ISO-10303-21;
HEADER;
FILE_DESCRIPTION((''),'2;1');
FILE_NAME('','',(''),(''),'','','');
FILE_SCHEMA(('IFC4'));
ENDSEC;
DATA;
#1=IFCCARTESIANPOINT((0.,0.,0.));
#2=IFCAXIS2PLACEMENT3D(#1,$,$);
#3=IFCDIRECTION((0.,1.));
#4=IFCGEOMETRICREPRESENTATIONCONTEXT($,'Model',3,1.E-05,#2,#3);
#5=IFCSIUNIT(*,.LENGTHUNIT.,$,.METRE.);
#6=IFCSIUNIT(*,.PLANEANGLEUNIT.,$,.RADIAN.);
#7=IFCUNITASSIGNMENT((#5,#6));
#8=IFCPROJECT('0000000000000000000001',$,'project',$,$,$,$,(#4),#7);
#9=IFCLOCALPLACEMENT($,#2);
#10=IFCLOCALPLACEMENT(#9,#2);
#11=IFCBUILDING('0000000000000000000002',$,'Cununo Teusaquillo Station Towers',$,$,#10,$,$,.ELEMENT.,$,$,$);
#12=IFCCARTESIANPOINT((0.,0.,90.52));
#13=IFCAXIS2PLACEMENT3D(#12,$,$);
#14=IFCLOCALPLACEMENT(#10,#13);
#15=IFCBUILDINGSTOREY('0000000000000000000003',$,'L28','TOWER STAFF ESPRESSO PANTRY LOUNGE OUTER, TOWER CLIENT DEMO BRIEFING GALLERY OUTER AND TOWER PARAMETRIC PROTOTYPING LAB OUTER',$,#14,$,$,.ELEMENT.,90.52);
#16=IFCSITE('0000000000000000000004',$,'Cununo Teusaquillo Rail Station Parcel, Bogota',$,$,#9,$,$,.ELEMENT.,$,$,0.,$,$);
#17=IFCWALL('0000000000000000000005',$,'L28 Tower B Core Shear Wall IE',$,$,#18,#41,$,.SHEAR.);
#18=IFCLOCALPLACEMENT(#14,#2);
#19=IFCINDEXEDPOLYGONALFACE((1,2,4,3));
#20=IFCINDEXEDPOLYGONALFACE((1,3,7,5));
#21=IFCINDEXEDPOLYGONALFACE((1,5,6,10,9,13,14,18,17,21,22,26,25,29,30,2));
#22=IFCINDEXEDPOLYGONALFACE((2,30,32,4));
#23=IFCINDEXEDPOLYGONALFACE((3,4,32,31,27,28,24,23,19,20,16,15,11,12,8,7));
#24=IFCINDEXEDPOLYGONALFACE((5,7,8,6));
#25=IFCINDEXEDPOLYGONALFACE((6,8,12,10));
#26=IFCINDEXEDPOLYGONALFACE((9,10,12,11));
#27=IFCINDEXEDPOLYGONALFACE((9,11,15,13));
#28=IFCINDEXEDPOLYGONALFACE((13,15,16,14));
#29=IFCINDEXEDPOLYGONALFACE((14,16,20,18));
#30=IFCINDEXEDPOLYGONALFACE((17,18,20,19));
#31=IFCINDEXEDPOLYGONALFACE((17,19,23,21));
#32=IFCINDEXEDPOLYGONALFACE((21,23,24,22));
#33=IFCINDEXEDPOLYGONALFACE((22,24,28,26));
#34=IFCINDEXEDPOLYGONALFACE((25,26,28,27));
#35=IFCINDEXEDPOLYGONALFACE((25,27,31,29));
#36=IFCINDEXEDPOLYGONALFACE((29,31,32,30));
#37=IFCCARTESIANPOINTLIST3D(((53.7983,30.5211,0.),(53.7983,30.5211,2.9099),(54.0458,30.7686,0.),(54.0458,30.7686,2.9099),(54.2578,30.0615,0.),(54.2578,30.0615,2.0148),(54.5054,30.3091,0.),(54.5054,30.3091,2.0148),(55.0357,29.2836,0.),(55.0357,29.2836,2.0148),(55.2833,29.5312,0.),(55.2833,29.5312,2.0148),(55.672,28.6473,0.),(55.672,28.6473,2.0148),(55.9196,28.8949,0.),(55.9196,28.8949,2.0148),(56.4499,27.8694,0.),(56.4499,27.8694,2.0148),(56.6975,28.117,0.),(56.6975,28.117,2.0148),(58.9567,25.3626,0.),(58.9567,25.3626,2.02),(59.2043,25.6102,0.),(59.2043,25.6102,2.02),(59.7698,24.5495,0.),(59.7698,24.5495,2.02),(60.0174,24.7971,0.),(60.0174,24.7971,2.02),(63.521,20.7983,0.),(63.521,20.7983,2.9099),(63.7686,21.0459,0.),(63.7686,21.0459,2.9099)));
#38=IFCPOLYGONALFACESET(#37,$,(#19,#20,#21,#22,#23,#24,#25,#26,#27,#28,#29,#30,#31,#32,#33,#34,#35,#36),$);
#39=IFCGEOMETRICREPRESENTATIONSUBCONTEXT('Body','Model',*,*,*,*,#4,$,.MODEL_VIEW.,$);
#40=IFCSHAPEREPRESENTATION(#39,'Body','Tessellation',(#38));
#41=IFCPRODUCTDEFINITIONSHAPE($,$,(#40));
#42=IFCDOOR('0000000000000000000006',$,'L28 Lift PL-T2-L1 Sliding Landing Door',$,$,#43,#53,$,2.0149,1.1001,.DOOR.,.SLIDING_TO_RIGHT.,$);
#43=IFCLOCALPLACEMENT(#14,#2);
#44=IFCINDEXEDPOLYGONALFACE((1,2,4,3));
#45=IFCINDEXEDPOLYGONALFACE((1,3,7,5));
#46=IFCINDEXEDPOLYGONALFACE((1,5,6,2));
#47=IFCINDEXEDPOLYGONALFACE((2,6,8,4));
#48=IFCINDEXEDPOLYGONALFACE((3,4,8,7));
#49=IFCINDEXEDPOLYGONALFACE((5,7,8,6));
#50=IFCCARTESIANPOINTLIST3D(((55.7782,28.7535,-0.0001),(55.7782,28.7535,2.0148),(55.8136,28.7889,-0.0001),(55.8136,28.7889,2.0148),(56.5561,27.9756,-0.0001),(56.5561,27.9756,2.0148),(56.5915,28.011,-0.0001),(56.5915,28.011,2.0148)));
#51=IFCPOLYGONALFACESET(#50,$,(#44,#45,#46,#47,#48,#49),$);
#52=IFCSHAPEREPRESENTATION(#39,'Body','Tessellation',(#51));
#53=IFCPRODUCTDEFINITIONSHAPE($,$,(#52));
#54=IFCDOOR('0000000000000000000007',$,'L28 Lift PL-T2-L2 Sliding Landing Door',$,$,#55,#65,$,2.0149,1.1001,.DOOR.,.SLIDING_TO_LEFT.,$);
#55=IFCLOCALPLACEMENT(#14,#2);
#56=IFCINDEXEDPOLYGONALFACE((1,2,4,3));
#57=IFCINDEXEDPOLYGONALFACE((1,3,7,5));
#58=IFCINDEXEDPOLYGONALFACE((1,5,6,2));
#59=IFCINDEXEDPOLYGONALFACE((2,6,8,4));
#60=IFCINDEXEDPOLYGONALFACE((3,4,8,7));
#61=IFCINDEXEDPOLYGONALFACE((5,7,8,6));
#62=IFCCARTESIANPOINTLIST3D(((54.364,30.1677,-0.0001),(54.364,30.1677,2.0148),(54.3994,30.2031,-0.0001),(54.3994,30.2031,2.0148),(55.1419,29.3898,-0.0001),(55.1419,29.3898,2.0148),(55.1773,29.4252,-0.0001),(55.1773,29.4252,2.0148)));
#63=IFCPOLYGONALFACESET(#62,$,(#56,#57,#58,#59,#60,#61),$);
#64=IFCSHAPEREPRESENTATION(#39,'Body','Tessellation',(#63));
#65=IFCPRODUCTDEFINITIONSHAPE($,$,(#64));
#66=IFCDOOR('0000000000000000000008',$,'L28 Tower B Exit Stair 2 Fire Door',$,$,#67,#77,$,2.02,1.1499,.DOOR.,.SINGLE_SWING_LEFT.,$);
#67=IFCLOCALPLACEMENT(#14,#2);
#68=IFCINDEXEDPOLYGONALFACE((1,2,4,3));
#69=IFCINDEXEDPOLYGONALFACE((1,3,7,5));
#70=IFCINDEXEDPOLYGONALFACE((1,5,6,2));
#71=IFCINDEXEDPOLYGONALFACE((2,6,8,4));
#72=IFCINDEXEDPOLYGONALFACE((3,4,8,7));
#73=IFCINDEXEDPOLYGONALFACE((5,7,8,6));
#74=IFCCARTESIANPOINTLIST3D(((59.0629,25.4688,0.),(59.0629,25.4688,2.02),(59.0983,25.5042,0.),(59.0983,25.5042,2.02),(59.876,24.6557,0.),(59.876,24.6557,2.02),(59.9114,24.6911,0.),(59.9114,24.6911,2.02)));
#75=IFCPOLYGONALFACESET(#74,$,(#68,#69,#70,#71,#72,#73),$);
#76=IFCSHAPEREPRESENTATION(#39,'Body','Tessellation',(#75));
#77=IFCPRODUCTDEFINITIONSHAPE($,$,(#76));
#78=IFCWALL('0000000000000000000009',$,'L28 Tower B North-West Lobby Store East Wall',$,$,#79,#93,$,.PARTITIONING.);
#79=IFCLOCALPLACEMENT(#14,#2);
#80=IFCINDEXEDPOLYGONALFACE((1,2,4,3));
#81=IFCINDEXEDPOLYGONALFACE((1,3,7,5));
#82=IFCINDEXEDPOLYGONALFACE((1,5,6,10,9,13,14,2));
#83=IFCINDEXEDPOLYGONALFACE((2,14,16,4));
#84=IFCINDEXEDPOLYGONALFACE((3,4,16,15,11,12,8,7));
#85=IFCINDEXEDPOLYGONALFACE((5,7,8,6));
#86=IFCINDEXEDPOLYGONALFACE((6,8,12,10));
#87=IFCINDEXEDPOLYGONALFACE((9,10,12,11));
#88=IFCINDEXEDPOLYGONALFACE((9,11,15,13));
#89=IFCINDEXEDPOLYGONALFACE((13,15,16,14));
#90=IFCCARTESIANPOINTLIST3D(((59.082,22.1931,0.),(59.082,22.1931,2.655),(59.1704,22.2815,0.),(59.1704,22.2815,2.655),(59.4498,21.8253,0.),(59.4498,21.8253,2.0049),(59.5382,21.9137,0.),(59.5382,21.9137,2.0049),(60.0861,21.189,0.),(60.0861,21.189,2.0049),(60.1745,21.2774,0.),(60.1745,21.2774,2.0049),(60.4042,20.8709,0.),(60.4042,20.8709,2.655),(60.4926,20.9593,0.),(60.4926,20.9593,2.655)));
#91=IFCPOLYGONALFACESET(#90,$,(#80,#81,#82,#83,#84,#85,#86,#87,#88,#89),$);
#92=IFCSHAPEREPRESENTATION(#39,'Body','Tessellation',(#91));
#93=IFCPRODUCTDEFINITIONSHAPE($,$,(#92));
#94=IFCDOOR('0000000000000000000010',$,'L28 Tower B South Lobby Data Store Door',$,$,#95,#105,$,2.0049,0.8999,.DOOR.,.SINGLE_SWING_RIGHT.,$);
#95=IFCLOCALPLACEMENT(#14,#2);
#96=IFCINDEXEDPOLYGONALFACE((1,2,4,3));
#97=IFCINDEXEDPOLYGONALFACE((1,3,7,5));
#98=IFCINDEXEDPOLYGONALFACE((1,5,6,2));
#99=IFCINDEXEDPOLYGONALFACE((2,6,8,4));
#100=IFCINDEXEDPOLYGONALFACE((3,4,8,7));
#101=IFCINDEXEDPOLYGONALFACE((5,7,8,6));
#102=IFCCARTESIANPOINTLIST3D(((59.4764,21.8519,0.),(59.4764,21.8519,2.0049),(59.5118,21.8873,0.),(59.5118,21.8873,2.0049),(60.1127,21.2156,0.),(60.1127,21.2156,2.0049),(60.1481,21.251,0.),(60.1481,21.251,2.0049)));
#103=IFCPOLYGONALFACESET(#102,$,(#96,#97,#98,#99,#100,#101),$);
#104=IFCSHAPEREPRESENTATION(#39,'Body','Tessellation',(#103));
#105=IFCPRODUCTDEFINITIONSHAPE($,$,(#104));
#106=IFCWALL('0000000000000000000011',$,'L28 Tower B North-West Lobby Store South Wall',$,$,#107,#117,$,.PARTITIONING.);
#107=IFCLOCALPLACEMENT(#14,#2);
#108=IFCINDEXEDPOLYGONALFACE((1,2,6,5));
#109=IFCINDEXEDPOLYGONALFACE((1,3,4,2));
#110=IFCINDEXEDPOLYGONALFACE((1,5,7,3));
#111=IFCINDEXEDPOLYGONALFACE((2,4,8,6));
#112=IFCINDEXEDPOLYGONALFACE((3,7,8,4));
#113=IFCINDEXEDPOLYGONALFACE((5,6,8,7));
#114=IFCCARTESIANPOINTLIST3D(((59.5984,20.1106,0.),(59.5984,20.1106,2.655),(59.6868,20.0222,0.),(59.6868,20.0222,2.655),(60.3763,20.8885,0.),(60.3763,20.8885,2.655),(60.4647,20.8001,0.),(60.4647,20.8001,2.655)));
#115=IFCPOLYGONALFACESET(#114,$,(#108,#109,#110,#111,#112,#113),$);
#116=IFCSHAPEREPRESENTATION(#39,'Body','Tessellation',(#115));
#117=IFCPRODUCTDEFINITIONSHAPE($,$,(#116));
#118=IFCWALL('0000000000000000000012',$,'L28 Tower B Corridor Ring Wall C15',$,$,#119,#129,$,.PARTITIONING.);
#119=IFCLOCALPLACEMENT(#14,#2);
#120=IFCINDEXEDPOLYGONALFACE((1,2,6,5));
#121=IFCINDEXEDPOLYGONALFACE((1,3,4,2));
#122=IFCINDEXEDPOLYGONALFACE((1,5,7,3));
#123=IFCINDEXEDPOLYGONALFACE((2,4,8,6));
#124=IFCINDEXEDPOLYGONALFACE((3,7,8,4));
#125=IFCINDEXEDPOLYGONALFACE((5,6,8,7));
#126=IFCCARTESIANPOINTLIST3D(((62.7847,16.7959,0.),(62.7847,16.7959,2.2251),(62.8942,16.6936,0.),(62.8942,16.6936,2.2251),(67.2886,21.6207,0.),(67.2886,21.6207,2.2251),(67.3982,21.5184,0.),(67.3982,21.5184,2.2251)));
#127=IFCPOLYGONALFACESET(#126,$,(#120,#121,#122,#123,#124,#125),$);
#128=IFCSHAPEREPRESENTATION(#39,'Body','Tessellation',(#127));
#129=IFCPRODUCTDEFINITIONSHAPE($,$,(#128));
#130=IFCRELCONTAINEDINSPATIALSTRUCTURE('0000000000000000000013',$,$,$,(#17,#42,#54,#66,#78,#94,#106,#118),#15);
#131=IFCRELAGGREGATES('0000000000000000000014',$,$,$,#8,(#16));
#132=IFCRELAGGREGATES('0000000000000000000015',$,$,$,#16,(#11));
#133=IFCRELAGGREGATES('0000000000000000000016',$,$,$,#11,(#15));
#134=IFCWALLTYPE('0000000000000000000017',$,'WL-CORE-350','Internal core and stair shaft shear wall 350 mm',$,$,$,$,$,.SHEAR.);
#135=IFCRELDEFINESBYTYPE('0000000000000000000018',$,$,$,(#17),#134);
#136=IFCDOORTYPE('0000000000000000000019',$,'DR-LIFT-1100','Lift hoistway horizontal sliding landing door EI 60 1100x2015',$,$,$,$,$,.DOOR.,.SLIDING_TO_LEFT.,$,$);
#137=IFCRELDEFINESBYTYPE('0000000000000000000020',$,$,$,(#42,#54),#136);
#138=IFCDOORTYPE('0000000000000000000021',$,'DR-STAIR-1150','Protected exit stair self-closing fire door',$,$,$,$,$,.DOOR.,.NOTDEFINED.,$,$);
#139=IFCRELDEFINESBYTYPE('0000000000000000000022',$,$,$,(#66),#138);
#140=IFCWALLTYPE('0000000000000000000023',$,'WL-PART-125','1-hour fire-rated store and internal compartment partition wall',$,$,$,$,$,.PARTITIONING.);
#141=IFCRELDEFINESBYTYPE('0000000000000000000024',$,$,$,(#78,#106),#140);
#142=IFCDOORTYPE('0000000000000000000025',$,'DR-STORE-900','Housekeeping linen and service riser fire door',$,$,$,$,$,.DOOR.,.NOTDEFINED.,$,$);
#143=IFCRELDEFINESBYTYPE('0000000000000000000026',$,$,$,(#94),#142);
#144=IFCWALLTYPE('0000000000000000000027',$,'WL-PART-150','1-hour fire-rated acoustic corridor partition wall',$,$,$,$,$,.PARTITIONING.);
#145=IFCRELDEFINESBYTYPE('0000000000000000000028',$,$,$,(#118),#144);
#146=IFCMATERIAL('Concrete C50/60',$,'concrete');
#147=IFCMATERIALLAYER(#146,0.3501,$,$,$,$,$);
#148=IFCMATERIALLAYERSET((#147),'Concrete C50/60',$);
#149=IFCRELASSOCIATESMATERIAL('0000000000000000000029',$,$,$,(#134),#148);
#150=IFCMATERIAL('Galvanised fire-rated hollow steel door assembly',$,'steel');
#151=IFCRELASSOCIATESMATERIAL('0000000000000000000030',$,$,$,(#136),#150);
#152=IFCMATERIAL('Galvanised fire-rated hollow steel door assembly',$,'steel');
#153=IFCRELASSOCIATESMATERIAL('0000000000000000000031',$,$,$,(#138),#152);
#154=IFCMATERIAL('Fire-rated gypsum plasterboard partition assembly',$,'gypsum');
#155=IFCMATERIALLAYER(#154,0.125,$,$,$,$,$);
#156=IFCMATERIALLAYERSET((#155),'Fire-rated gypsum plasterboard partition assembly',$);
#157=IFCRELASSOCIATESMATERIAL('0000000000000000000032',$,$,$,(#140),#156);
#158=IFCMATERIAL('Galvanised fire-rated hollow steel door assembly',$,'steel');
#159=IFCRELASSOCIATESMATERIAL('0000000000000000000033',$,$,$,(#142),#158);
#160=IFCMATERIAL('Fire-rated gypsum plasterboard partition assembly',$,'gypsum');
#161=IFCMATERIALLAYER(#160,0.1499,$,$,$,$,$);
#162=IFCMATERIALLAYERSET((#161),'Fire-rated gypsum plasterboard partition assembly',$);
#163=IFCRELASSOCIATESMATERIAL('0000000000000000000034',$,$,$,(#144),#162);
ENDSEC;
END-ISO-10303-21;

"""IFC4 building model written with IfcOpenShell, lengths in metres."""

from ifc_helpers import new_model, si_unit, direction, frame, frame_2d, origin, place, context, subcontext, project, spatial, rectangle, extrude, source, transform, mapped, material, layer, layer_set, type_object, element, fill, save


model = new_model("IFC4")

# Units and contexts
model_context = context("Model", 3, precision=1e-05, world=origin(), true_north=direction((0.0, 1.0)))
body_context = subcontext(model_context, "Body", "Model", "MODEL_VIEW")
ifc_project = project(units=[si_unit("LENGTHUNIT", "METRE"), si_unit("PLANEANGLEUNIT", "RADIAN")], contexts=[model_context])

# Site, building, storey
site_placement = place(None, origin())
site = spatial("IfcSite", under=ifc_project, at=site_placement, Name="Cununo Teusaquillo Rail Station Parcel, Bogota", CompositionType="ELEMENT", RefElevation=0.0)
building_placement = place(site_placement, origin())
building = spatial("IfcBuilding", under=site, at=building_placement, Name="Cununo Teusaquillo Station Towers", CompositionType="ELEMENT")
storey_placement = place(building_placement, frame((0.0, 0.0, 90.52)))
storey = spatial("IfcBuildingStorey", under=building, at=storey_placement, Name="L28", Description="TOWER STAFF ESPRESSO PANTRY LOUNGE OUTER, TOWER CLIENT DEMO BRIEFING GALLERY OUTER AND TOWER PARAMETRIC PROTOTYPING LAB OUTER", CompositionType="ELEMENT", Elevation=90.52)

# Wall, openings, doors
ifc_material_1 = material(Name="Concrete C50/60", Category="concrete")
ifc_layer_1 = layer(ifc_material_1, 0.3501)
ifc_layer_set_1 = layer_set([ifc_layer_1], Name="Concrete C50/60")
wall_type_1 = type_object("IfcWallType", Name="WL-CORE-350", Description="Internal core and stair shaft shear wall 350 mm", PredefinedType="SHEAR", material=ifc_layer_set_1)
shared_shape_1 = source(origin(), body_context, "Body", "SweptSolid", [
    extrude(rectangle(XDim=1.1001, YDim=2.0149, at=frame_2d((0.55, 1.0073))), frame((0.0, 0.1851, 0.0), z_axis=(0.0, -1.0, 0.0), x_axis=(1.0, 0.0, 0.0)), (0.0, 0.0, 1.0), 0.3701),
])
shared_shape_2 = source(origin(), body_context, "Body", "SweptSolid", [
    extrude(rectangle(XDim=1.1499, YDim=2.02, at=frame_2d((0.575, 1.01))), frame((0.0, 0.1851, 0.0), z_axis=(0.0, -1.0, 0.0), x_axis=(1.0, 0.0, 0.0)), (0.0, 0.0, 1.0), 0.3701),
])
ifc_material_2 = material(Name="Galvanised fire-rated hollow steel door assembly", Category="steel")
door_type_1 = type_object("IfcDoorType", Name="DR-LIFT-1100", Description="Lift hoistway horizontal sliding landing door EI 60 1100x2015", OperationType="SLIDING_TO_LEFT", PredefinedType="DOOR", material=ifc_material_2)
shared_shape_3 = source(origin(), body_context, "Body", "SweptSolid", [
    extrude(rectangle(XDim=1.1001, YDim=2.0149, at=frame_2d((0.55, 1.0073))), frame((0.0, 0.0249, 0.0), z_axis=(0.0, -1.0, 0.0), x_axis=(1.0, 0.0, 0.0)), (0.0, 0.0, 1.0), 0.05),
])
ifc_material_3 = material(Name="Galvanised fire-rated hollow steel door assembly", Category="steel")
door_type_2 = type_object("IfcDoorType", Name="DR-STAIR-1150", Description="Protected exit stair self-closing fire door", OperationType="NOTDEFINED", PredefinedType="DOOR", material=ifc_material_3)
shared_shape_4 = source(origin(), body_context, "Body", "SweptSolid", [
    extrude(rectangle(XDim=1.1499, YDim=2.02, at=frame_2d((0.575, 1.01))), frame((0.0, 0.0249, 0.0), z_axis=(0.0, -1.0, 0.0), x_axis=(1.0, 0.0, 0.0)), (0.0, 0.0, 1.0), 0.05),
])
wall_1_placement = place(storey_placement, frame((63.6448, 20.9221, 0.0), z_axis=(0.0, 0.0, 1.0), x_axis=(-0.707107, 0.707107, 0.0)))
wall_1 = element("IfcWall", 1, at=wall_1_placement, inside=storey, type_object=wall_type_1, Name="L28 Tower B Core Shear Wall IE", PredefinedType="SHEAR", context=body_context, shape_type="SweptSolid", body=[
    extrude(rectangle(XDim=13.75, YDim=0.3501, at=frame_2d((6.875, 0.0))), origin(), (0.0, 0.0, 1.0), 2.9099),
])
opening_1_placement = place(wall_1_placement, frame((10.0, 0.0, 0.0)))
opening_1 = element("IfcOpeningElement", 2, at=opening_1_placement, cuts=wall_1, PredefinedType="OPENING", context=body_context, shape_type="MappedRepresentation", body=[
    mapped(shared_shape_1, transform((0.0, 0.0, 0.0), x_axis=(1.0, 0.0, 0.0), y_axis=(0.0, 1.0, 0.0), z_axis=(0.0, 0.0, 1.0), scale=1.0)),
])
opening_2_placement = place(wall_1_placement, frame((12.0, 0.0, 0.0)))
opening_2 = element("IfcOpeningElement", 3, at=opening_2_placement, cuts=wall_1, PredefinedType="OPENING", context=body_context, shape_type="MappedRepresentation", body=[
    mapped(shared_shape_1, transform((0.0, 0.0, 0.0), x_axis=(1.0, 0.0, 0.0), y_axis=(0.0, 1.0, 0.0), z_axis=(0.0, 0.0, 1.0), scale=1.0)),
])
opening_3_placement = place(wall_1_placement, frame((5.3049, 0.0, 0.0)))
opening_3 = element("IfcOpeningElement", 4, at=opening_3_placement, cuts=wall_1, PredefinedType="OPENING", context=body_context, shape_type="MappedRepresentation", body=[
    mapped(shared_shape_2, transform((0.0, 0.0, 0.0), x_axis=(1.0, 0.0, 0.0), y_axis=(0.0, 1.0, 0.0), z_axis=(0.0, 0.0, 1.0), scale=1.0)),
])
door_1_placement = place(opening_1_placement, origin())
door_1 = element("IfcDoor", 5, at=door_1_placement, inside=storey, type_object=door_type_1, Name="L28 Lift PL-T2-L1 Sliding Landing Door", OperationType="SLIDING_TO_RIGHT", OverallHeight=2.0149, OverallWidth=1.1001, PredefinedType="DOOR", context=body_context, shape_type="MappedRepresentation", body=[
    mapped(shared_shape_3, transform((0.0, 0.0, 0.0), x_axis=(1.0, 0.0, 0.0), y_axis=(0.0, 1.0, 0.0), z_axis=(0.0, 0.0, 1.0), scale=1.0)),
])
fill(opening_1, door_1)
door_2_placement = place(opening_2_placement, origin())
door_2 = element("IfcDoor", 6, at=door_2_placement, inside=storey, type_object=door_type_1, Name="L28 Lift PL-T2-L2 Sliding Landing Door", OperationType="SLIDING_TO_LEFT", OverallHeight=2.0149, OverallWidth=1.1001, PredefinedType="DOOR", context=body_context, shape_type="MappedRepresentation", body=[
    mapped(shared_shape_3, transform((0.0, 0.0, 0.0), x_axis=(1.0, 0.0, 0.0), y_axis=(0.0, 1.0, 0.0), z_axis=(0.0, 0.0, 1.0), scale=1.0)),
])
fill(opening_2, door_2)
door_3_placement = place(opening_3_placement, origin())
door_3 = element("IfcDoor", 7, at=door_3_placement, inside=storey, type_object=door_type_2, Name="L28 Tower B Exit Stair 2 Fire Door", OperationType="SINGLE_SWING_LEFT", OverallHeight=2.02, OverallWidth=1.1499, PredefinedType="DOOR", context=body_context, shape_type="MappedRepresentation", body=[
    mapped(shared_shape_4, transform((0.0, 0.0, 0.0), x_axis=(1.0, 0.0, 0.0), y_axis=(0.0, 1.0, 0.0), z_axis=(0.0, 0.0, 1.0), scale=1.0)),
])
fill(opening_3, door_3)

# Wall, opening, door
ifc_material_4 = material(Name="Fire-rated gypsum plasterboard partition assembly", Category="gypsum")
ifc_layer_2 = layer(ifc_material_4, 0.125)
ifc_layer_set_2 = layer_set([ifc_layer_2], Name="Fire-rated gypsum plasterboard partition assembly")
wall_type_2 = type_object("IfcWallType", Name="WL-PART-125", Description="1-hour fire-rated store and internal compartment partition wall", PredefinedType="PARTITIONING", material=ifc_layer_set_2)
wall_2_placement = place(storey_placement, frame((60.4485, 20.915, 0.0), z_axis=(0.0, 0.0, 1.0), x_axis=(-0.707107, 0.707107, 0.0)))
wall_2 = element("IfcWall", 8, at=wall_2_placement, inside=storey, type_object=wall_type_2, Name="L28 Tower B North-West Lobby Store East Wall", PredefinedType="PARTITIONING", context=body_context, shape_type="SweptSolid", body=[
    extrude(rectangle(XDim=1.8699, YDim=0.125, at=frame_2d((0.9351, 0.0))), origin(), (0.0, 0.0, 1.0), 2.655),
])
shared_shape_5 = source(origin(), body_context, "Body", "SweptSolid", [
    extrude(rectangle(XDim=0.8999, YDim=2.0049, at=frame_2d((0.45, 1.0024))), frame((0.0, 0.0725, 0.0), z_axis=(0.0, -1.0, 0.0), x_axis=(1.0, 0.0, 0.0)), (0.0, 0.0, 1.0), 0.145),
])
opening_4_placement = place(wall_2_placement, frame((0.45, 0.0, 0.0)))
opening_4 = element("IfcOpeningElement", 9, at=opening_4_placement, cuts=wall_2, PredefinedType="OPENING", context=body_context, shape_type="MappedRepresentation", body=[
    mapped(shared_shape_5, transform((0.0, 0.0, 0.0), x_axis=(1.0, 0.0, 0.0), y_axis=(0.0, 1.0, 0.0), z_axis=(0.0, 0.0, 1.0), scale=1.0)),
])
ifc_material_5 = material(Name="Galvanised fire-rated hollow steel door assembly", Category="steel")
door_type_3 = type_object("IfcDoorType", Name="DR-STORE-900", Description="Housekeeping linen and service riser fire door", OperationType="NOTDEFINED", PredefinedType="DOOR", material=ifc_material_5)
shared_shape_6 = source(origin(), body_context, "Body", "SweptSolid", [
    extrude(rectangle(XDim=0.8999, YDim=2.0049, at=frame_2d((0.45, 1.0024))), frame((0.0, 0.0249, 0.0), z_axis=(0.0, -1.0, 0.0), x_axis=(1.0, 0.0, 0.0)), (0.0, 0.0, 1.0), 0.05),
])
door_4_placement = place(opening_4_placement, origin())
door_4 = element("IfcDoor", 10, at=door_4_placement, inside=storey, type_object=door_type_3, Name="L28 Tower B South Lobby Data Store Door", OperationType="SINGLE_SWING_RIGHT", OverallHeight=2.0049, OverallWidth=0.8999, PredefinedType="DOOR", context=body_context, shape_type="MappedRepresentation", body=[
    mapped(shared_shape_6, transform((0.0, 0.0, 0.0), x_axis=(1.0, 0.0, 0.0), y_axis=(0.0, 1.0, 0.0), z_axis=(0.0, 0.0, 1.0), scale=1.0)),
])
fill(opening_4, door_4)

# Walls
wall_3_placement = place(storey_placement, frame((59.6426, 20.0664, 0.0), z_axis=(0.0, 0.0, 1.0), x_axis=(0.707107, 0.707107, 0.0)))
element("IfcWall", 11, at=wall_3_placement, inside=storey, type_object=wall_type_2, Name="L28 Tower B North-West Lobby Store South Wall", PredefinedType="PARTITIONING", context=body_context, shape_type="SweptSolid", body=[
    extrude(rectangle(XDim=1.1001, YDim=0.125, at=frame_2d((0.55, 0.0))), origin(), (0.0, 0.0, 1.0), 2.655),
])
ifc_material_6 = material(Name="Fire-rated gypsum plasterboard partition assembly", Category="gypsum")
ifc_layer_3 = layer(ifc_material_6, 0.1499)
ifc_layer_set_3 = layer_set([ifc_layer_3], Name="Fire-rated gypsum plasterboard partition assembly")
wall_type_3 = type_object("IfcWallType", Name="WL-PART-150", Description="1-hour fire-rated acoustic corridor partition wall", PredefinedType="PARTITIONING", material=ifc_layer_set_3)
wall_4_placement = place(storey_placement, frame((62.8394, 16.7446, 0.0), z_axis=(0.0, 0.0, 1.0), x_axis=(0.682387, 0.730991, 0.0)))
element("IfcWall", 12, at=wall_4_placement, inside=storey, type_object=wall_type_3, Name="L28 Tower B Corridor Ring Wall C15", PredefinedType="PARTITIONING", context=body_context, shape_type="SweptSolid", body=[
    extrude(rectangle(XDim=6.6003, YDim=0.1499, at=frame_2d((3.3003, 0.0))), origin(), (0.0, 0.0, 1.0), 2.2251),
])

save(model, "model.ifc")
